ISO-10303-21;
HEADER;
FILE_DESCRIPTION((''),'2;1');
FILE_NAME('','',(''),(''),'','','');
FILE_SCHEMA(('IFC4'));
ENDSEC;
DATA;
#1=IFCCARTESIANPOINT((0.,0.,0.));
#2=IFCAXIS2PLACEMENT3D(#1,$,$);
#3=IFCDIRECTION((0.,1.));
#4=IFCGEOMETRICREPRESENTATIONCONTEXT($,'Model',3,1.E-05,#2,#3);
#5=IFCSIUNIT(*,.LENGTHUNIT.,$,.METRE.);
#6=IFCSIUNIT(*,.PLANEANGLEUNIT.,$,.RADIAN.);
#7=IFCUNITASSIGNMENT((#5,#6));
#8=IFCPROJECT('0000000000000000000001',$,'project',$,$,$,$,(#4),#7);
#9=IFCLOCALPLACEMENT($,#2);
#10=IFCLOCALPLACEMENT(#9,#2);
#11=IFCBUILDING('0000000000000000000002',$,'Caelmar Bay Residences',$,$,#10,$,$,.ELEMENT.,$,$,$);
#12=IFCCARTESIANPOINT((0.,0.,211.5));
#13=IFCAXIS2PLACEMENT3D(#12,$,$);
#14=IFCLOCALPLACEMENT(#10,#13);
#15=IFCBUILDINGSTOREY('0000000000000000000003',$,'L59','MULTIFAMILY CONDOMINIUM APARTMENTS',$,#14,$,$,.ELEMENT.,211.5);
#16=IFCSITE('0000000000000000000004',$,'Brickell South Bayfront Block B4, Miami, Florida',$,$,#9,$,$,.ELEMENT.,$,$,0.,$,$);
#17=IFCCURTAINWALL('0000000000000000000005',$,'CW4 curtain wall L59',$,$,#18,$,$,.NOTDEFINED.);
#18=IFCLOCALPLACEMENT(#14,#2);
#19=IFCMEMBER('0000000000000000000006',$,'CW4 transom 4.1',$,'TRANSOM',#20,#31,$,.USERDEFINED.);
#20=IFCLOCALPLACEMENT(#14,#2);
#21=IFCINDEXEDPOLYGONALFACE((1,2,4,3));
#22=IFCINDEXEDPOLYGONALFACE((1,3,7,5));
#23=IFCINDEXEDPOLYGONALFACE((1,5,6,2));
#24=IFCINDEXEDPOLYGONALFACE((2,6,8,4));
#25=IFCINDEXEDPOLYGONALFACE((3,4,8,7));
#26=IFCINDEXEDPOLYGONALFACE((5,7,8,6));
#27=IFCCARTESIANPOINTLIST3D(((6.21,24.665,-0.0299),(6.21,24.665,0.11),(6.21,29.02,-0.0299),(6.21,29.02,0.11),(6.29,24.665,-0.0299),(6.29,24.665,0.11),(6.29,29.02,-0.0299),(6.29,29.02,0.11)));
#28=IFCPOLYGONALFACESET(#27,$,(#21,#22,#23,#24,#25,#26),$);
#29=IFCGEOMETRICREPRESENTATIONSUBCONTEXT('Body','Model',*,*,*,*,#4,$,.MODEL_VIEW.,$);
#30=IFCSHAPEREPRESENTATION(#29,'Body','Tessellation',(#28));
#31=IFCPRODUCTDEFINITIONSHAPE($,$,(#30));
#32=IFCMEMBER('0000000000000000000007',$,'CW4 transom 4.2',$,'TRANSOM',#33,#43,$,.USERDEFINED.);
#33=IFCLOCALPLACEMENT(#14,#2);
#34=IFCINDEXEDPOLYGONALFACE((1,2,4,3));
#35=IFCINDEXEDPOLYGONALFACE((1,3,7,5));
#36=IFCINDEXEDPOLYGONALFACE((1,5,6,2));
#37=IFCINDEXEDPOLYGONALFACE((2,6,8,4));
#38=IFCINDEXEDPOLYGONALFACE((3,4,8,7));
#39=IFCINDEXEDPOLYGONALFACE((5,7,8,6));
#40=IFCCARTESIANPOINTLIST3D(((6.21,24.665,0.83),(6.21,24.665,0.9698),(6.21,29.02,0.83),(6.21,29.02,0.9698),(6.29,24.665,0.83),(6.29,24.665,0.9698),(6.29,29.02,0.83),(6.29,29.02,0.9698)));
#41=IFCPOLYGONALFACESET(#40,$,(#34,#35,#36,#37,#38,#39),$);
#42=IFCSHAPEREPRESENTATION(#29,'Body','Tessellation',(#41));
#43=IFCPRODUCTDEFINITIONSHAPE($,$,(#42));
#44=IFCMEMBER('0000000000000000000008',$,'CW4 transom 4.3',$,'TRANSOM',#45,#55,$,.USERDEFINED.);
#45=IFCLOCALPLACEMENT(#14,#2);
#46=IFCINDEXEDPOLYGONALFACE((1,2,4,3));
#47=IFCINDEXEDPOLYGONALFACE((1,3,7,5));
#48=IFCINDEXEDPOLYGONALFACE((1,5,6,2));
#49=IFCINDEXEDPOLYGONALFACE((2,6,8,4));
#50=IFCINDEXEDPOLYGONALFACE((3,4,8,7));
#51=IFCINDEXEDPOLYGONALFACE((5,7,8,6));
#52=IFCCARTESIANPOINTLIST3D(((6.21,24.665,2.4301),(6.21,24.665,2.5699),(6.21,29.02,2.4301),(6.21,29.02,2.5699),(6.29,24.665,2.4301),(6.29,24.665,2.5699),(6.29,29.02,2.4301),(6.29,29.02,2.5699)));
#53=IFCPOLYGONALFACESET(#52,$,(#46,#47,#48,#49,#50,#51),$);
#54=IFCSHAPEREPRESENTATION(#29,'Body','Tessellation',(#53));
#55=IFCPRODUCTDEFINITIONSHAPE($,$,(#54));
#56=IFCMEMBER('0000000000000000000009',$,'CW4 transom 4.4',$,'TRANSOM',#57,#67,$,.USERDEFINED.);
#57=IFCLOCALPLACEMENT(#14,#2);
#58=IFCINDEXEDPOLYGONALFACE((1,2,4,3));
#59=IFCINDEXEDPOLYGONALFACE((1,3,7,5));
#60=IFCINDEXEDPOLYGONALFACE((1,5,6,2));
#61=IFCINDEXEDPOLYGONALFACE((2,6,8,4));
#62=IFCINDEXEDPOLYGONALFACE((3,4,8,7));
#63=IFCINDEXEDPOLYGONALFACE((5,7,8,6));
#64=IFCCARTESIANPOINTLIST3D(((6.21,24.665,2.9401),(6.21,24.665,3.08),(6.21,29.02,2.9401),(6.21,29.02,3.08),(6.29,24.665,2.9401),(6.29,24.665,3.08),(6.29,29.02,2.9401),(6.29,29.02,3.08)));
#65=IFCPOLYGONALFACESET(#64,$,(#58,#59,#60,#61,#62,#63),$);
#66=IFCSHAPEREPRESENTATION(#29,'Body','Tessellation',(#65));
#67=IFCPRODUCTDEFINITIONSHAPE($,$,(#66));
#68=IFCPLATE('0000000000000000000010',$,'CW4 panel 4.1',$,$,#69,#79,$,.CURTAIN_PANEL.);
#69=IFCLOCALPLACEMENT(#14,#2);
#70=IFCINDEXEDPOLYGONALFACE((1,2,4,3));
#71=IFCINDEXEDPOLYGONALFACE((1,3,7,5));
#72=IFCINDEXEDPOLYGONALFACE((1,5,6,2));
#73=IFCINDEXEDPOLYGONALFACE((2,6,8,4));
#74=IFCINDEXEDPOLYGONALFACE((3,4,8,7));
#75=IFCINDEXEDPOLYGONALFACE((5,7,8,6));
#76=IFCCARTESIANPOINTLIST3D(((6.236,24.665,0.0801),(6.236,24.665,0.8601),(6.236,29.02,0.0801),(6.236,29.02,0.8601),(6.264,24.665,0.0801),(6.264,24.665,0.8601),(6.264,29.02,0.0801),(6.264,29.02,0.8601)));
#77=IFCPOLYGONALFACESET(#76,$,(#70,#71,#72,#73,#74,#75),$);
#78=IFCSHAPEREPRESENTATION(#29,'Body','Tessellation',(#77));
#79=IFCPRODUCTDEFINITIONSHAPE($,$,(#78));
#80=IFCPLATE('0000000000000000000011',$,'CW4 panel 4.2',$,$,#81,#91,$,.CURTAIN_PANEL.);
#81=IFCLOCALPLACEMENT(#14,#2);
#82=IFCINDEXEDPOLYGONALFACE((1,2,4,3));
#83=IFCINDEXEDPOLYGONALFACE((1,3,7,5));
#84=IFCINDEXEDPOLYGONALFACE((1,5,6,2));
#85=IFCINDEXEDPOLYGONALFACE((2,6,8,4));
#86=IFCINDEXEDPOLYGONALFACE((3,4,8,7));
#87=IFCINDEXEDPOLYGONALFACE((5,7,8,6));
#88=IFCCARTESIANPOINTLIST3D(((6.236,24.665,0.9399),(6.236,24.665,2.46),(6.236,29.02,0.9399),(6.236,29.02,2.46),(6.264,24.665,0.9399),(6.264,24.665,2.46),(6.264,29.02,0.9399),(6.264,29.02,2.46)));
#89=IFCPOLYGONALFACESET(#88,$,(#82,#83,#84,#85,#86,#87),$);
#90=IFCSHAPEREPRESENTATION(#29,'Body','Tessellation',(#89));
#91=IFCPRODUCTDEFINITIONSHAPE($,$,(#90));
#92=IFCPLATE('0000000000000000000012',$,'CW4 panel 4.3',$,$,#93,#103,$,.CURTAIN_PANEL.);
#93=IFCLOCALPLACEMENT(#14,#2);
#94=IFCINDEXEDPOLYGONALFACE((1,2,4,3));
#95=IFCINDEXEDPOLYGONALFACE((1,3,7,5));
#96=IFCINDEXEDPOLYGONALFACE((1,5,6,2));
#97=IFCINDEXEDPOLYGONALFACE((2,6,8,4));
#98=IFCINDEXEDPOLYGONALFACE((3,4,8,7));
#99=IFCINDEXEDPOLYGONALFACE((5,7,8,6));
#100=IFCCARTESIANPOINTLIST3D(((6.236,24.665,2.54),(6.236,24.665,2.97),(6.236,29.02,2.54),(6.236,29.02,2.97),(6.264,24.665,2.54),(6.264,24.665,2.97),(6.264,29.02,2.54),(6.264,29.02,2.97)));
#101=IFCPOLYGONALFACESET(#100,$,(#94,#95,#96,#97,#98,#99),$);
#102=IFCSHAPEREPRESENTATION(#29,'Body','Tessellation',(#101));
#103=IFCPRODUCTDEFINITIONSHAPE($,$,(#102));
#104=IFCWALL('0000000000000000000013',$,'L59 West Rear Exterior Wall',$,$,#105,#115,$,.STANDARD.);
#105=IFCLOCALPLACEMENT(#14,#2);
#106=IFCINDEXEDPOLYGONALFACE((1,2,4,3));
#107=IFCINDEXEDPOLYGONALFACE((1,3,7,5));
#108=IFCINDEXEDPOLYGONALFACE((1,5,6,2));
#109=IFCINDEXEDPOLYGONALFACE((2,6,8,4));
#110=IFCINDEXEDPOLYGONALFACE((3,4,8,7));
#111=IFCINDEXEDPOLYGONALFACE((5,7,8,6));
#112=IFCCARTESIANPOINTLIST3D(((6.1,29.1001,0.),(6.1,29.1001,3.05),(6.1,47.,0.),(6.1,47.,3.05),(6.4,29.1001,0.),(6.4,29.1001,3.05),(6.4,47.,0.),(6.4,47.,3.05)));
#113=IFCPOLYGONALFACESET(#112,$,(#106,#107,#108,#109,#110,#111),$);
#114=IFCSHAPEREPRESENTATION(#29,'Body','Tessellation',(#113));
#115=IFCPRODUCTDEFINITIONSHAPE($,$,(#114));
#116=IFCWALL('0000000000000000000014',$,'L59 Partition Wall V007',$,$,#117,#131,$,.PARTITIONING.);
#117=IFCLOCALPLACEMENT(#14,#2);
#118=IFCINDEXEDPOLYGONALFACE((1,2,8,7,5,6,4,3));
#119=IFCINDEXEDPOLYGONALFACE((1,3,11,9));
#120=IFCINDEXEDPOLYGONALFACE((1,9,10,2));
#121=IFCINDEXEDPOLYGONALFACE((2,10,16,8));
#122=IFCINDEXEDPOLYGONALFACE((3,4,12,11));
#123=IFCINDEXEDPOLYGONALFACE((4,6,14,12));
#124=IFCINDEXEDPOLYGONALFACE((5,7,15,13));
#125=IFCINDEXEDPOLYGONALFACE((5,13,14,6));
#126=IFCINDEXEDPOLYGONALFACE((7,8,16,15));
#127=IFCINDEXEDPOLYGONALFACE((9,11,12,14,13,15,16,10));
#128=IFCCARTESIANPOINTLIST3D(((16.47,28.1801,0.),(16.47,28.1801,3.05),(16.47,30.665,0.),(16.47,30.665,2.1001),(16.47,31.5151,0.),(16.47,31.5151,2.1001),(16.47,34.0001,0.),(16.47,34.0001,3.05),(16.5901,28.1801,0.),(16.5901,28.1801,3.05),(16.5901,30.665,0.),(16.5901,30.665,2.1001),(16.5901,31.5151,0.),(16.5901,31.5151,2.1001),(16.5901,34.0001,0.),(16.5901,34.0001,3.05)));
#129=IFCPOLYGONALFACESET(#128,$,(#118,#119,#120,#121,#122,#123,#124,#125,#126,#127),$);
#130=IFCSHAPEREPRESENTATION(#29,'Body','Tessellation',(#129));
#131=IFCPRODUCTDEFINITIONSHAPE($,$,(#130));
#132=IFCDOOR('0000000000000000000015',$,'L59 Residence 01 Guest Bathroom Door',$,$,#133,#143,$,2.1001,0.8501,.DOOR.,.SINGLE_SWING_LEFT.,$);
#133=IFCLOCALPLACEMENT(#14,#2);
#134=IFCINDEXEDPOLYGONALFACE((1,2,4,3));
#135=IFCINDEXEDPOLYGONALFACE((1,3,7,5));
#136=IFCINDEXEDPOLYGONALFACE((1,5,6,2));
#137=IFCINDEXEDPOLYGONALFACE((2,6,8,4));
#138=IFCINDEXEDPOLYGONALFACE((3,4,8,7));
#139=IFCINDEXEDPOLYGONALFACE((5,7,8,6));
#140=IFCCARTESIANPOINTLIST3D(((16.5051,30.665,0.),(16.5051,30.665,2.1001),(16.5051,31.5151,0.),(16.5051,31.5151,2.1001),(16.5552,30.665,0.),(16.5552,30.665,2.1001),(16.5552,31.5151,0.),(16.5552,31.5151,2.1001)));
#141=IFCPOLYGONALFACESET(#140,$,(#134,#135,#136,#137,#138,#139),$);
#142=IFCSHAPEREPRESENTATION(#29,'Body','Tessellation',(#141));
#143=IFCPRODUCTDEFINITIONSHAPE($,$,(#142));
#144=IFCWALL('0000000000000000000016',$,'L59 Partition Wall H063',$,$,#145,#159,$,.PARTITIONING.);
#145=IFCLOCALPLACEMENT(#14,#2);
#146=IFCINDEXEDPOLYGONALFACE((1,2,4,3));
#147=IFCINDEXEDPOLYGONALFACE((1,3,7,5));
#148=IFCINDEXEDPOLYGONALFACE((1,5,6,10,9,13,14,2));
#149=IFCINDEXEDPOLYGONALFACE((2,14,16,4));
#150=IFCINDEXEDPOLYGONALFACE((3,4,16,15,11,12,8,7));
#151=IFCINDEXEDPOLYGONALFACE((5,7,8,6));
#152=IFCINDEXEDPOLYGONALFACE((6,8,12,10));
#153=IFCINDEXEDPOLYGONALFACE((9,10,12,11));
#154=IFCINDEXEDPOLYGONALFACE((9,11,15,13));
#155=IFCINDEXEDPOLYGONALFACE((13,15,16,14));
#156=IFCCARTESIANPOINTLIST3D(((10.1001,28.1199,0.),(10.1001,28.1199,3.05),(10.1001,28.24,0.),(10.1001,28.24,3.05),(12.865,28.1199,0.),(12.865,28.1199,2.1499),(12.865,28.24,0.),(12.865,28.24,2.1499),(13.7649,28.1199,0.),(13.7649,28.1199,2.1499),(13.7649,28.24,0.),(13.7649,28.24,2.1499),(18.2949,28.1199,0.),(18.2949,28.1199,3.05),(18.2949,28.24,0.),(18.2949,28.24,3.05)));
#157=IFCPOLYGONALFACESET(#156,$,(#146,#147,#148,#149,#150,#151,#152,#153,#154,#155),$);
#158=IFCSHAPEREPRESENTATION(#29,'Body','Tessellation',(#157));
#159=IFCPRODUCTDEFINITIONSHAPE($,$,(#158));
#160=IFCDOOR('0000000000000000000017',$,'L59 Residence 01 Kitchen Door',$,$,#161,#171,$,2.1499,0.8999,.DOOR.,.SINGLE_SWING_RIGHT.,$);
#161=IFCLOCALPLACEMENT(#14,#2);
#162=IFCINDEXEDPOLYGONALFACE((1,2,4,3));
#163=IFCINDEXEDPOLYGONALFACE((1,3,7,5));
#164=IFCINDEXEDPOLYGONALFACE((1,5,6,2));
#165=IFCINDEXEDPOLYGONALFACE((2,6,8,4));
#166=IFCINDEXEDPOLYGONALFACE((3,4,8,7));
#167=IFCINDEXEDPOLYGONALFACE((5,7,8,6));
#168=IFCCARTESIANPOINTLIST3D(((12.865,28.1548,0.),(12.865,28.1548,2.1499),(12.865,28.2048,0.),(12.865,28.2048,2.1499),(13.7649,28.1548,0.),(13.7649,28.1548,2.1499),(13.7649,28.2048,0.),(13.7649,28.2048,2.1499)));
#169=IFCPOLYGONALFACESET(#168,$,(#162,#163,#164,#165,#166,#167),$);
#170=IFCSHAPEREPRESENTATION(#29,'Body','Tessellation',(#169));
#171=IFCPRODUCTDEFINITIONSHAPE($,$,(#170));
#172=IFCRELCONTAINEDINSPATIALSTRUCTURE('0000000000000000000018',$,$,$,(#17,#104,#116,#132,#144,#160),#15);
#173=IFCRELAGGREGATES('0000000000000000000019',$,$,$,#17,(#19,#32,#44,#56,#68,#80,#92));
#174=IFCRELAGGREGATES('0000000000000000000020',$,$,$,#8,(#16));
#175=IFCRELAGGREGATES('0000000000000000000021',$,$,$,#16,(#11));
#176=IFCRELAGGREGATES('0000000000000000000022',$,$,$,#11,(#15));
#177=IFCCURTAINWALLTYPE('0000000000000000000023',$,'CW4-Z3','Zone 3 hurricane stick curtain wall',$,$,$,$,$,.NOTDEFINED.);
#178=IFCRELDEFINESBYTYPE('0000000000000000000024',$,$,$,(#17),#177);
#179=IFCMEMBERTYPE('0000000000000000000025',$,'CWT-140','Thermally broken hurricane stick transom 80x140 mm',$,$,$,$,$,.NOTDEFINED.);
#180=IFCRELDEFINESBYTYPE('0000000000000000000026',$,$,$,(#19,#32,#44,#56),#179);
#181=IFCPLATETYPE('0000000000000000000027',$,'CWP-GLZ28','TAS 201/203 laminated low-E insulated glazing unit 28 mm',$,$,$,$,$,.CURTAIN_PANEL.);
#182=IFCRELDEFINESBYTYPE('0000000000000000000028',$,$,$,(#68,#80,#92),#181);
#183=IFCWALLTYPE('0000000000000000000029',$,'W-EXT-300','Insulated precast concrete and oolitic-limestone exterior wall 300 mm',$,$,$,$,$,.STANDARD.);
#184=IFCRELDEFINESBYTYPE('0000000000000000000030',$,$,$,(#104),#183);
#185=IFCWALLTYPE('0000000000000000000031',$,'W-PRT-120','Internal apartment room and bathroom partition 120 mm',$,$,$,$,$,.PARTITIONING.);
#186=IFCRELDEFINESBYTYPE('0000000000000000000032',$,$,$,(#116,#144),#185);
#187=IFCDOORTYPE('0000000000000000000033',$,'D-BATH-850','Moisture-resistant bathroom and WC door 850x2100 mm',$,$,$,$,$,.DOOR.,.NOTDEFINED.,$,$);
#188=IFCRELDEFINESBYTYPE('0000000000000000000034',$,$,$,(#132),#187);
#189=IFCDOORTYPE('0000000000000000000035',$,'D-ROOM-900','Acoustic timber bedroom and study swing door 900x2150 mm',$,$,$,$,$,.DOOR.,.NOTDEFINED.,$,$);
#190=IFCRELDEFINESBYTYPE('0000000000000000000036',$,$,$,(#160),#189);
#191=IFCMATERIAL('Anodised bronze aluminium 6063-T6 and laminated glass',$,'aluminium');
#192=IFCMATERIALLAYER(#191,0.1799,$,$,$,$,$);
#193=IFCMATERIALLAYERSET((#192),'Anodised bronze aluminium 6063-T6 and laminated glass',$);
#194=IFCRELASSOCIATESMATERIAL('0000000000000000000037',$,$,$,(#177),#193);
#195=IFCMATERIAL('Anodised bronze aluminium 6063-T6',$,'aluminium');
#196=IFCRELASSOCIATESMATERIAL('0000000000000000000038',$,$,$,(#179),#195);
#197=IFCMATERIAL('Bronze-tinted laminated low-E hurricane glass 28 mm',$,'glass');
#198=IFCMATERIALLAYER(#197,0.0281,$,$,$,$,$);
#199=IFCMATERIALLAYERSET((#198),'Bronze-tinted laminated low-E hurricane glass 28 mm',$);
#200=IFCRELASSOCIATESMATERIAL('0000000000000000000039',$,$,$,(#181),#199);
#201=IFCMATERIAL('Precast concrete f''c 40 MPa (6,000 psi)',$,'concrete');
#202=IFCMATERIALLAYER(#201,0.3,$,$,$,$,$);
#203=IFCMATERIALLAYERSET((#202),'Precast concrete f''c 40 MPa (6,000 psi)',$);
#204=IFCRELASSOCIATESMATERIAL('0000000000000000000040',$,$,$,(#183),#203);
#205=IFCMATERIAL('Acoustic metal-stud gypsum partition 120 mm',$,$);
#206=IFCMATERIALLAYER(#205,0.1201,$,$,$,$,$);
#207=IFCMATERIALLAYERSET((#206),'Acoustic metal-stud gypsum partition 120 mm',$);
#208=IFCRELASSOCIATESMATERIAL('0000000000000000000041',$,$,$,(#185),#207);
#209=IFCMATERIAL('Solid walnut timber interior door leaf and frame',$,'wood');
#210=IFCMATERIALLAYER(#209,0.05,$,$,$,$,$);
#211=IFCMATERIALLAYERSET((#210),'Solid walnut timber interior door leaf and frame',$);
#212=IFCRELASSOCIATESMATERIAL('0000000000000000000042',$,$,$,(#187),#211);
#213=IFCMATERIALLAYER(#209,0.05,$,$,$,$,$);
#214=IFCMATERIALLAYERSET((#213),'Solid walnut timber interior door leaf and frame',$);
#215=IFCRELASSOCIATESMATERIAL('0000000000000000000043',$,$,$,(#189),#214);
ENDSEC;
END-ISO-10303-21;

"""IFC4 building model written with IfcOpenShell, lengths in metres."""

from ifc_helpers import new_model, si_unit, direction, frame, frame_2d, origin, origin_2d, place, context, subcontext, project, spatial, rectangle, extrude, material, layer, layer_set, material_profile, profile_set, type_object, element, fill, aggregate, save


model = new_model("IFC4")

# Units and contexts
model_context = context("Model", 3, precision=1e-05, world=origin(), true_north=direction((0.0, 1.0)))
body_context = subcontext(model_context, "Body", "Model", "MODEL_VIEW")
ifc_project = project(units=[si_unit("LENGTHUNIT", "METRE"), si_unit("PLANEANGLEUNIT", "RADIAN")], contexts=[model_context])

# Site, building, storey
site_placement = place(None, origin())
site = spatial("IfcSite", under=ifc_project, at=site_placement, Name="Brickell South Bayfront Block B4, Miami, Florida", CompositionType="ELEMENT", RefElevation=0.0)
building_placement = place(site_placement, origin())
building = spatial("IfcBuilding", under=site, at=building_placement, Name="Caelmar Bay Residences", CompositionType="ELEMENT")
storey_placement = place(building_placement, frame((0.0, 0.0, 211.5)))
storey = spatial("IfcBuildingStorey", under=building, at=storey_placement, Name="L59", Description="MULTIFAMILY CONDOMINIUM APARTMENTS", CompositionType="ELEMENT", Elevation=211.5)

# Curtain wall, members, plates
ifc_material_1 = material(Name="Anodised bronze aluminium 6063-T6 and laminated glass", Category="aluminium")
ifc_layer_1 = layer(ifc_material_1, 0.1799)
ifc_layer_set_1 = layer_set([ifc_layer_1], Name="Anodised bronze aluminium 6063-T6 and laminated glass")
curtain_wall_type = type_object("IfcCurtainWallType", Name="CW4-Z3", Description="Zone 3 hurricane stick curtain wall", PredefinedType="NOTDEFINED", material=ifc_layer_set_1)
curtain_wall_placement = place(storey_placement, origin())
curtain_wall = element("IfcCurtainWall", 1, at=curtain_wall_placement, inside=storey, type_object=curtain_wall_type, Name="CW4 curtain wall L59", PredefinedType="NOTDEFINED")
ifc_material_2 = material(Name="Anodised bronze aluminium 6063-T6", Category="aluminium")
ifc_material_profile_1 = material_profile(ifc_material_2, rectangle(XDim=0.0801, YDim=0.1399, at=origin_2d()), Name="CWT-80X140")
ifc_profile_set_1 = profile_set([ifc_material_profile_1], Name="Anodised bronze aluminium 6063-T6")
member_type_1 = type_object("IfcMemberType", Name="CWT-140", Description="Thermally broken hurricane stick transom 80x140 mm", PredefinedType="NOTDEFINED", material=ifc_profile_set_1)
member_1_placement = place(storey_placement, frame((6.25, 24.665, 0.04), z_axis=(0.0, 1.0, 0.0), x_axis=(-1.0, 0.0, 0.0)))
member_1 = element("IfcMember", 2, at=member_1_placement, type_object=member_type_1, Name="CW4 transom 4.1", ObjectType="TRANSOM", PredefinedType="USERDEFINED", context=body_context, shape_type="SweptSolid", body=[
    extrude(rectangle(XDim=0.0801, YDim=0.1399, at=origin_2d()), origin(), (0.0, 0.0, 1.0), 4.355),
])
member_2_placement = place(storey_placement, frame((6.25, 24.665, 0.8999), z_axis=(0.0, 1.0, 0.0), x_axis=(-1.0, 0.0, 0.0)))
member_2 = element("IfcMember", 3, at=member_2_placement, type_object=member_type_1, Name="CW4 transom 4.2", ObjectType="TRANSOM", PredefinedType="USERDEFINED", context=body_context, shape_type="SweptSolid", body=[
    extrude(rectangle(XDim=0.0801, YDim=0.1399, at=origin_2d()), origin(), (0.0, 0.0, 1.0), 4.355),
])
member_3_placement = place(storey_placement, frame((6.25, 24.665, 2.5), z_axis=(0.0, 1.0, 0.0), x_axis=(-1.0, 0.0, 0.0)))
member_3 = element("IfcMember", 4, at=member_3_placement, type_object=member_type_1, Name="CW4 transom 4.3", ObjectType="TRANSOM", PredefinedType="USERDEFINED", context=body_context, shape_type="SweptSolid", body=[
    extrude(rectangle(XDim=0.0801, YDim=0.1399, at=origin_2d()), origin(), (0.0, 0.0, 1.0), 4.355),
])
member_4_placement = place(storey_placement, frame((6.25, 24.665, 3.01), z_axis=(0.0, 1.0, 0.0), x_axis=(-1.0, 0.0, 0.0)))
member_4 = element("IfcMember", 5, at=member_4_placement, type_object=member_type_1, Name="CW4 transom 4.4", ObjectType="TRANSOM", PredefinedType="USERDEFINED", context=body_context, shape_type="SweptSolid", body=[
    extrude(rectangle(XDim=0.0801, YDim=0.1399, at=origin_2d()), origin(), (0.0, 0.0, 1.0), 4.355),
])
ifc_material_3 = material(Name="Bronze-tinted laminated low-E hurricane glass 28 mm", Category="glass")
ifc_layer_2 = layer(ifc_material_3, 0.0281)
ifc_layer_set_2 = layer_set([ifc_layer_2], Name="Bronze-tinted laminated low-E hurricane glass 28 mm")
plate_type = type_object("IfcPlateType", Name="CWP-GLZ28", Description="TAS 201/203 laminated low-E insulated glazing unit 28 mm", PredefinedType="CURTAIN_PANEL", material=ifc_layer_set_2)
plate_1_placement = place(storey_placement, frame((6.25, 26.8425, 0.0801), z_axis=(0.0, 0.0, 1.0), x_axis=(0.0, 1.0, 0.0)))
plate_1 = element("IfcPlate", 6, at=plate_1_placement, type_object=plate_type, Name="CW4 panel 4.1", PredefinedType="CURTAIN_PANEL", context=body_context, shape_type="SweptSolid", body=[
    extrude(rectangle(XDim=4.355, YDim=0.0281, at=origin_2d()), origin(), (0.0, 0.0, 1.0), 0.78),
])
plate_2_placement = place(storey_placement, frame((6.25, 26.8425, 0.9399), z_axis=(0.0, 0.0, 1.0), x_axis=(0.0, 1.0, 0.0)))
plate_2 = element("IfcPlate", 7, at=plate_2_placement, type_object=plate_type, Name="CW4 panel 4.2", PredefinedType="CURTAIN_PANEL", context=body_context, shape_type="SweptSolid", body=[
    extrude(rectangle(XDim=4.355, YDim=0.0281, at=origin_2d()), origin(), (0.0, 0.0, 1.0), 1.52),
])
plate_3_placement = place(storey_placement, frame((6.25, 26.8425, 2.54), z_axis=(0.0, 0.0, 1.0), x_axis=(0.0, 1.0, 0.0)))
plate_3 = element("IfcPlate", 8, at=plate_3_placement, type_object=plate_type, Name="CW4 panel 4.3", PredefinedType="CURTAIN_PANEL", context=body_context, shape_type="SweptSolid", body=[
    extrude(rectangle(XDim=4.355, YDim=0.0281, at=origin_2d()), origin(), (0.0, 0.0, 1.0), 0.4299),
])
aggregate(curtain_wall, [member_1, member_2, member_3, member_4, plate_1, plate_2, plate_3])

# Wall
ifc_material_4 = material(Name="Precast concrete f'c 40 MPa (6,000 psi)", Category="concrete")
ifc_layer_3 = layer(ifc_material_4, 0.3)
ifc_layer_set_3 = layer_set([ifc_layer_3], Name="Precast concrete f'c 40 MPa (6,000 psi)")
wall_type_1 = type_object("IfcWallType", Name="W-EXT-300", Description="Insulated precast concrete and oolitic-limestone exterior wall 300 mm", PredefinedType="STANDARD", material=ifc_layer_set_3)
wall_1_placement = place(storey_placement, frame((6.25, 29.1001, 0.0), z_axis=(0.0, 0.0, 1.0), x_axis=(0.0, 1.0, 0.0)))
element("IfcWall", 9, at=wall_1_placement, inside=storey, type_object=wall_type_1, Name="L59 West Rear Exterior Wall", PredefinedType="STANDARD", context=body_context, shape_type="SweptSolid", body=[
    extrude(rectangle(XDim=17.8999, YDim=0.3, at=frame_2d((8.95, 0.0))), origin(), (0.0, 0.0, 1.0), 3.05),
])

# Walls, openings, doors
ifc_material_5 = material(Name="Acoustic metal-stud gypsum partition 120 mm")
ifc_layer_4 = layer(ifc_material_5, 0.1201)
ifc_layer_set_4 = layer_set([ifc_layer_4], Name="Acoustic metal-stud gypsum partition 120 mm")
wall_type_2 = type_object("IfcWallType", Name="W-PRT-120", Description="Internal apartment room and bathroom partition 120 mm", PredefinedType="PARTITIONING", material=ifc_layer_set_4)
wall_2_placement = place(storey_placement, frame((16.53, 28.1799, 0.0), z_axis=(0.0, 0.0, 1.0), x_axis=(0.0, 1.0, 0.0)))
wall_2 = element("IfcWall", 10, at=wall_2_placement, inside=storey, type_object=wall_type_2, Name="L59 Partition Wall V007", PredefinedType="PARTITIONING", context=body_context, shape_type="SweptSolid", body=[
    extrude(rectangle(XDim=5.8201, YDim=0.1201, at=frame_2d((2.9102, 0.0))), origin(), (0.0, 0.0, 1.0), 3.05),
])
opening_1_placement = place(wall_2_placement, frame((2.4851, 0.0, 0.0)))
opening_1 = element("IfcOpeningElement", 11, at=opening_1_placement, cuts=wall_2, PredefinedType="OPENING", context=body_context, shape_type="SweptSolid", body=[
    extrude(rectangle(XDim=0.8501, YDim=2.1001, at=frame_2d((0.425, 1.05))), frame((0.0, 0.0701, 0.0), z_axis=(0.0, -1.0, 0.0), x_axis=(1.0, 0.0, 0.0)), (0.0, 0.0, 1.0), 0.1401),
])
ifc_material_6 = material(Name="Solid walnut timber interior door leaf and frame", Category="wood")
ifc_layer_5 = layer(ifc_material_6, 0.05)
ifc_layer_set_5 = layer_set([ifc_layer_5], Name="Solid walnut timber interior door leaf and frame")
door_type_1 = type_object("IfcDoorType", Name="D-BATH-850", Description="Moisture-resistant bathroom and WC door 850x2100 mm", OperationType="NOTDEFINED", PredefinedType="DOOR", material=ifc_layer_set_5)
door_1_placement = place(opening_1_placement, origin())
door_1 = element("IfcDoor", 12, at=door_1_placement, inside=storey, type_object=door_type_1, Name="L59 Residence 01 Guest Bathroom Door", OperationType="SINGLE_SWING_LEFT", OverallHeight=2.1001, OverallWidth=0.8501, PredefinedType="DOOR", context=body_context, shape_type="SweptSolid", body=[
    extrude(rectangle(XDim=0.8501, YDim=2.1001, at=frame_2d((0.425, 1.05))), frame((0.0, 0.0249, 0.0), z_axis=(0.0, -1.0, 0.0), x_axis=(1.0, 0.0, 0.0)), (0.0, 0.0, 1.0), 0.05),
])
fill(opening_1, door_1)
wall_3_placement = place(storey_placement, frame((10.1001, 28.1799, 0.0), z_axis=(0.0, 0.0, 1.0), x_axis=(1.0, 0.0, 0.0)))
wall_3 = element("IfcWall", 13, at=wall_3_placement, inside=storey, type_object=wall_type_2, Name="L59 Partition Wall H063", PredefinedType="PARTITIONING", context=body_context, shape_type="SweptSolid", body=[
    extrude(rectangle(XDim=8.1948, YDim=0.1201, at=frame_2d((4.0974, 0.0))), origin(), (0.0, 0.0, 1.0), 3.05),
])
opening_2_placement = place(wall_3_placement, frame((2.7649, 0.0, 0.0)))
opening_2 = element("IfcOpeningElement", 14, at=opening_2_placement, cuts=wall_3, PredefinedType="OPENING", context=body_context, shape_type="SweptSolid", body=[
    extrude(rectangle(XDim=0.8999, YDim=2.1499, at=frame_2d((0.45, 1.075))), frame((0.0, 0.0701, 0.0), z_axis=(0.0, -1.0, 0.0), x_axis=(1.0, 0.0, 0.0)), (0.0, 0.0, 1.0), 0.1401),
])
ifc_layer_6 = layer(ifc_material_6, 0.05)
ifc_layer_set_6 = layer_set([ifc_layer_6], Name="Solid walnut timber interior door leaf and frame")
door_type_2 = type_object("IfcDoorType", Name="D-ROOM-900", Description="Acoustic timber bedroom and study swing door 900x2150 mm", OperationType="NOTDEFINED", PredefinedType="DOOR", material=ifc_layer_set_6)
door_2_placement = place(opening_2_placement, origin())
door_2 = element("IfcDoor", 15, at=door_2_placement, inside=storey, type_object=door_type_2, Name="L59 Residence 01 Kitchen Door", OperationType="SINGLE_SWING_RIGHT", OverallHeight=2.1499, OverallWidth=0.8999, PredefinedType="DOOR", context=body_context, shape_type="SweptSolid", body=[
    extrude(rectangle(XDim=0.8999, YDim=2.1499, at=frame_2d((0.45, 1.075))), frame((0.0, 0.0249, 0.0), z_axis=(0.0, -1.0, 0.0), x_axis=(1.0, 0.0, 0.0)), (0.0, 0.0, 1.0), 0.05),
])
fill(opening_2, door_2)

save(model, "model.ifc")
